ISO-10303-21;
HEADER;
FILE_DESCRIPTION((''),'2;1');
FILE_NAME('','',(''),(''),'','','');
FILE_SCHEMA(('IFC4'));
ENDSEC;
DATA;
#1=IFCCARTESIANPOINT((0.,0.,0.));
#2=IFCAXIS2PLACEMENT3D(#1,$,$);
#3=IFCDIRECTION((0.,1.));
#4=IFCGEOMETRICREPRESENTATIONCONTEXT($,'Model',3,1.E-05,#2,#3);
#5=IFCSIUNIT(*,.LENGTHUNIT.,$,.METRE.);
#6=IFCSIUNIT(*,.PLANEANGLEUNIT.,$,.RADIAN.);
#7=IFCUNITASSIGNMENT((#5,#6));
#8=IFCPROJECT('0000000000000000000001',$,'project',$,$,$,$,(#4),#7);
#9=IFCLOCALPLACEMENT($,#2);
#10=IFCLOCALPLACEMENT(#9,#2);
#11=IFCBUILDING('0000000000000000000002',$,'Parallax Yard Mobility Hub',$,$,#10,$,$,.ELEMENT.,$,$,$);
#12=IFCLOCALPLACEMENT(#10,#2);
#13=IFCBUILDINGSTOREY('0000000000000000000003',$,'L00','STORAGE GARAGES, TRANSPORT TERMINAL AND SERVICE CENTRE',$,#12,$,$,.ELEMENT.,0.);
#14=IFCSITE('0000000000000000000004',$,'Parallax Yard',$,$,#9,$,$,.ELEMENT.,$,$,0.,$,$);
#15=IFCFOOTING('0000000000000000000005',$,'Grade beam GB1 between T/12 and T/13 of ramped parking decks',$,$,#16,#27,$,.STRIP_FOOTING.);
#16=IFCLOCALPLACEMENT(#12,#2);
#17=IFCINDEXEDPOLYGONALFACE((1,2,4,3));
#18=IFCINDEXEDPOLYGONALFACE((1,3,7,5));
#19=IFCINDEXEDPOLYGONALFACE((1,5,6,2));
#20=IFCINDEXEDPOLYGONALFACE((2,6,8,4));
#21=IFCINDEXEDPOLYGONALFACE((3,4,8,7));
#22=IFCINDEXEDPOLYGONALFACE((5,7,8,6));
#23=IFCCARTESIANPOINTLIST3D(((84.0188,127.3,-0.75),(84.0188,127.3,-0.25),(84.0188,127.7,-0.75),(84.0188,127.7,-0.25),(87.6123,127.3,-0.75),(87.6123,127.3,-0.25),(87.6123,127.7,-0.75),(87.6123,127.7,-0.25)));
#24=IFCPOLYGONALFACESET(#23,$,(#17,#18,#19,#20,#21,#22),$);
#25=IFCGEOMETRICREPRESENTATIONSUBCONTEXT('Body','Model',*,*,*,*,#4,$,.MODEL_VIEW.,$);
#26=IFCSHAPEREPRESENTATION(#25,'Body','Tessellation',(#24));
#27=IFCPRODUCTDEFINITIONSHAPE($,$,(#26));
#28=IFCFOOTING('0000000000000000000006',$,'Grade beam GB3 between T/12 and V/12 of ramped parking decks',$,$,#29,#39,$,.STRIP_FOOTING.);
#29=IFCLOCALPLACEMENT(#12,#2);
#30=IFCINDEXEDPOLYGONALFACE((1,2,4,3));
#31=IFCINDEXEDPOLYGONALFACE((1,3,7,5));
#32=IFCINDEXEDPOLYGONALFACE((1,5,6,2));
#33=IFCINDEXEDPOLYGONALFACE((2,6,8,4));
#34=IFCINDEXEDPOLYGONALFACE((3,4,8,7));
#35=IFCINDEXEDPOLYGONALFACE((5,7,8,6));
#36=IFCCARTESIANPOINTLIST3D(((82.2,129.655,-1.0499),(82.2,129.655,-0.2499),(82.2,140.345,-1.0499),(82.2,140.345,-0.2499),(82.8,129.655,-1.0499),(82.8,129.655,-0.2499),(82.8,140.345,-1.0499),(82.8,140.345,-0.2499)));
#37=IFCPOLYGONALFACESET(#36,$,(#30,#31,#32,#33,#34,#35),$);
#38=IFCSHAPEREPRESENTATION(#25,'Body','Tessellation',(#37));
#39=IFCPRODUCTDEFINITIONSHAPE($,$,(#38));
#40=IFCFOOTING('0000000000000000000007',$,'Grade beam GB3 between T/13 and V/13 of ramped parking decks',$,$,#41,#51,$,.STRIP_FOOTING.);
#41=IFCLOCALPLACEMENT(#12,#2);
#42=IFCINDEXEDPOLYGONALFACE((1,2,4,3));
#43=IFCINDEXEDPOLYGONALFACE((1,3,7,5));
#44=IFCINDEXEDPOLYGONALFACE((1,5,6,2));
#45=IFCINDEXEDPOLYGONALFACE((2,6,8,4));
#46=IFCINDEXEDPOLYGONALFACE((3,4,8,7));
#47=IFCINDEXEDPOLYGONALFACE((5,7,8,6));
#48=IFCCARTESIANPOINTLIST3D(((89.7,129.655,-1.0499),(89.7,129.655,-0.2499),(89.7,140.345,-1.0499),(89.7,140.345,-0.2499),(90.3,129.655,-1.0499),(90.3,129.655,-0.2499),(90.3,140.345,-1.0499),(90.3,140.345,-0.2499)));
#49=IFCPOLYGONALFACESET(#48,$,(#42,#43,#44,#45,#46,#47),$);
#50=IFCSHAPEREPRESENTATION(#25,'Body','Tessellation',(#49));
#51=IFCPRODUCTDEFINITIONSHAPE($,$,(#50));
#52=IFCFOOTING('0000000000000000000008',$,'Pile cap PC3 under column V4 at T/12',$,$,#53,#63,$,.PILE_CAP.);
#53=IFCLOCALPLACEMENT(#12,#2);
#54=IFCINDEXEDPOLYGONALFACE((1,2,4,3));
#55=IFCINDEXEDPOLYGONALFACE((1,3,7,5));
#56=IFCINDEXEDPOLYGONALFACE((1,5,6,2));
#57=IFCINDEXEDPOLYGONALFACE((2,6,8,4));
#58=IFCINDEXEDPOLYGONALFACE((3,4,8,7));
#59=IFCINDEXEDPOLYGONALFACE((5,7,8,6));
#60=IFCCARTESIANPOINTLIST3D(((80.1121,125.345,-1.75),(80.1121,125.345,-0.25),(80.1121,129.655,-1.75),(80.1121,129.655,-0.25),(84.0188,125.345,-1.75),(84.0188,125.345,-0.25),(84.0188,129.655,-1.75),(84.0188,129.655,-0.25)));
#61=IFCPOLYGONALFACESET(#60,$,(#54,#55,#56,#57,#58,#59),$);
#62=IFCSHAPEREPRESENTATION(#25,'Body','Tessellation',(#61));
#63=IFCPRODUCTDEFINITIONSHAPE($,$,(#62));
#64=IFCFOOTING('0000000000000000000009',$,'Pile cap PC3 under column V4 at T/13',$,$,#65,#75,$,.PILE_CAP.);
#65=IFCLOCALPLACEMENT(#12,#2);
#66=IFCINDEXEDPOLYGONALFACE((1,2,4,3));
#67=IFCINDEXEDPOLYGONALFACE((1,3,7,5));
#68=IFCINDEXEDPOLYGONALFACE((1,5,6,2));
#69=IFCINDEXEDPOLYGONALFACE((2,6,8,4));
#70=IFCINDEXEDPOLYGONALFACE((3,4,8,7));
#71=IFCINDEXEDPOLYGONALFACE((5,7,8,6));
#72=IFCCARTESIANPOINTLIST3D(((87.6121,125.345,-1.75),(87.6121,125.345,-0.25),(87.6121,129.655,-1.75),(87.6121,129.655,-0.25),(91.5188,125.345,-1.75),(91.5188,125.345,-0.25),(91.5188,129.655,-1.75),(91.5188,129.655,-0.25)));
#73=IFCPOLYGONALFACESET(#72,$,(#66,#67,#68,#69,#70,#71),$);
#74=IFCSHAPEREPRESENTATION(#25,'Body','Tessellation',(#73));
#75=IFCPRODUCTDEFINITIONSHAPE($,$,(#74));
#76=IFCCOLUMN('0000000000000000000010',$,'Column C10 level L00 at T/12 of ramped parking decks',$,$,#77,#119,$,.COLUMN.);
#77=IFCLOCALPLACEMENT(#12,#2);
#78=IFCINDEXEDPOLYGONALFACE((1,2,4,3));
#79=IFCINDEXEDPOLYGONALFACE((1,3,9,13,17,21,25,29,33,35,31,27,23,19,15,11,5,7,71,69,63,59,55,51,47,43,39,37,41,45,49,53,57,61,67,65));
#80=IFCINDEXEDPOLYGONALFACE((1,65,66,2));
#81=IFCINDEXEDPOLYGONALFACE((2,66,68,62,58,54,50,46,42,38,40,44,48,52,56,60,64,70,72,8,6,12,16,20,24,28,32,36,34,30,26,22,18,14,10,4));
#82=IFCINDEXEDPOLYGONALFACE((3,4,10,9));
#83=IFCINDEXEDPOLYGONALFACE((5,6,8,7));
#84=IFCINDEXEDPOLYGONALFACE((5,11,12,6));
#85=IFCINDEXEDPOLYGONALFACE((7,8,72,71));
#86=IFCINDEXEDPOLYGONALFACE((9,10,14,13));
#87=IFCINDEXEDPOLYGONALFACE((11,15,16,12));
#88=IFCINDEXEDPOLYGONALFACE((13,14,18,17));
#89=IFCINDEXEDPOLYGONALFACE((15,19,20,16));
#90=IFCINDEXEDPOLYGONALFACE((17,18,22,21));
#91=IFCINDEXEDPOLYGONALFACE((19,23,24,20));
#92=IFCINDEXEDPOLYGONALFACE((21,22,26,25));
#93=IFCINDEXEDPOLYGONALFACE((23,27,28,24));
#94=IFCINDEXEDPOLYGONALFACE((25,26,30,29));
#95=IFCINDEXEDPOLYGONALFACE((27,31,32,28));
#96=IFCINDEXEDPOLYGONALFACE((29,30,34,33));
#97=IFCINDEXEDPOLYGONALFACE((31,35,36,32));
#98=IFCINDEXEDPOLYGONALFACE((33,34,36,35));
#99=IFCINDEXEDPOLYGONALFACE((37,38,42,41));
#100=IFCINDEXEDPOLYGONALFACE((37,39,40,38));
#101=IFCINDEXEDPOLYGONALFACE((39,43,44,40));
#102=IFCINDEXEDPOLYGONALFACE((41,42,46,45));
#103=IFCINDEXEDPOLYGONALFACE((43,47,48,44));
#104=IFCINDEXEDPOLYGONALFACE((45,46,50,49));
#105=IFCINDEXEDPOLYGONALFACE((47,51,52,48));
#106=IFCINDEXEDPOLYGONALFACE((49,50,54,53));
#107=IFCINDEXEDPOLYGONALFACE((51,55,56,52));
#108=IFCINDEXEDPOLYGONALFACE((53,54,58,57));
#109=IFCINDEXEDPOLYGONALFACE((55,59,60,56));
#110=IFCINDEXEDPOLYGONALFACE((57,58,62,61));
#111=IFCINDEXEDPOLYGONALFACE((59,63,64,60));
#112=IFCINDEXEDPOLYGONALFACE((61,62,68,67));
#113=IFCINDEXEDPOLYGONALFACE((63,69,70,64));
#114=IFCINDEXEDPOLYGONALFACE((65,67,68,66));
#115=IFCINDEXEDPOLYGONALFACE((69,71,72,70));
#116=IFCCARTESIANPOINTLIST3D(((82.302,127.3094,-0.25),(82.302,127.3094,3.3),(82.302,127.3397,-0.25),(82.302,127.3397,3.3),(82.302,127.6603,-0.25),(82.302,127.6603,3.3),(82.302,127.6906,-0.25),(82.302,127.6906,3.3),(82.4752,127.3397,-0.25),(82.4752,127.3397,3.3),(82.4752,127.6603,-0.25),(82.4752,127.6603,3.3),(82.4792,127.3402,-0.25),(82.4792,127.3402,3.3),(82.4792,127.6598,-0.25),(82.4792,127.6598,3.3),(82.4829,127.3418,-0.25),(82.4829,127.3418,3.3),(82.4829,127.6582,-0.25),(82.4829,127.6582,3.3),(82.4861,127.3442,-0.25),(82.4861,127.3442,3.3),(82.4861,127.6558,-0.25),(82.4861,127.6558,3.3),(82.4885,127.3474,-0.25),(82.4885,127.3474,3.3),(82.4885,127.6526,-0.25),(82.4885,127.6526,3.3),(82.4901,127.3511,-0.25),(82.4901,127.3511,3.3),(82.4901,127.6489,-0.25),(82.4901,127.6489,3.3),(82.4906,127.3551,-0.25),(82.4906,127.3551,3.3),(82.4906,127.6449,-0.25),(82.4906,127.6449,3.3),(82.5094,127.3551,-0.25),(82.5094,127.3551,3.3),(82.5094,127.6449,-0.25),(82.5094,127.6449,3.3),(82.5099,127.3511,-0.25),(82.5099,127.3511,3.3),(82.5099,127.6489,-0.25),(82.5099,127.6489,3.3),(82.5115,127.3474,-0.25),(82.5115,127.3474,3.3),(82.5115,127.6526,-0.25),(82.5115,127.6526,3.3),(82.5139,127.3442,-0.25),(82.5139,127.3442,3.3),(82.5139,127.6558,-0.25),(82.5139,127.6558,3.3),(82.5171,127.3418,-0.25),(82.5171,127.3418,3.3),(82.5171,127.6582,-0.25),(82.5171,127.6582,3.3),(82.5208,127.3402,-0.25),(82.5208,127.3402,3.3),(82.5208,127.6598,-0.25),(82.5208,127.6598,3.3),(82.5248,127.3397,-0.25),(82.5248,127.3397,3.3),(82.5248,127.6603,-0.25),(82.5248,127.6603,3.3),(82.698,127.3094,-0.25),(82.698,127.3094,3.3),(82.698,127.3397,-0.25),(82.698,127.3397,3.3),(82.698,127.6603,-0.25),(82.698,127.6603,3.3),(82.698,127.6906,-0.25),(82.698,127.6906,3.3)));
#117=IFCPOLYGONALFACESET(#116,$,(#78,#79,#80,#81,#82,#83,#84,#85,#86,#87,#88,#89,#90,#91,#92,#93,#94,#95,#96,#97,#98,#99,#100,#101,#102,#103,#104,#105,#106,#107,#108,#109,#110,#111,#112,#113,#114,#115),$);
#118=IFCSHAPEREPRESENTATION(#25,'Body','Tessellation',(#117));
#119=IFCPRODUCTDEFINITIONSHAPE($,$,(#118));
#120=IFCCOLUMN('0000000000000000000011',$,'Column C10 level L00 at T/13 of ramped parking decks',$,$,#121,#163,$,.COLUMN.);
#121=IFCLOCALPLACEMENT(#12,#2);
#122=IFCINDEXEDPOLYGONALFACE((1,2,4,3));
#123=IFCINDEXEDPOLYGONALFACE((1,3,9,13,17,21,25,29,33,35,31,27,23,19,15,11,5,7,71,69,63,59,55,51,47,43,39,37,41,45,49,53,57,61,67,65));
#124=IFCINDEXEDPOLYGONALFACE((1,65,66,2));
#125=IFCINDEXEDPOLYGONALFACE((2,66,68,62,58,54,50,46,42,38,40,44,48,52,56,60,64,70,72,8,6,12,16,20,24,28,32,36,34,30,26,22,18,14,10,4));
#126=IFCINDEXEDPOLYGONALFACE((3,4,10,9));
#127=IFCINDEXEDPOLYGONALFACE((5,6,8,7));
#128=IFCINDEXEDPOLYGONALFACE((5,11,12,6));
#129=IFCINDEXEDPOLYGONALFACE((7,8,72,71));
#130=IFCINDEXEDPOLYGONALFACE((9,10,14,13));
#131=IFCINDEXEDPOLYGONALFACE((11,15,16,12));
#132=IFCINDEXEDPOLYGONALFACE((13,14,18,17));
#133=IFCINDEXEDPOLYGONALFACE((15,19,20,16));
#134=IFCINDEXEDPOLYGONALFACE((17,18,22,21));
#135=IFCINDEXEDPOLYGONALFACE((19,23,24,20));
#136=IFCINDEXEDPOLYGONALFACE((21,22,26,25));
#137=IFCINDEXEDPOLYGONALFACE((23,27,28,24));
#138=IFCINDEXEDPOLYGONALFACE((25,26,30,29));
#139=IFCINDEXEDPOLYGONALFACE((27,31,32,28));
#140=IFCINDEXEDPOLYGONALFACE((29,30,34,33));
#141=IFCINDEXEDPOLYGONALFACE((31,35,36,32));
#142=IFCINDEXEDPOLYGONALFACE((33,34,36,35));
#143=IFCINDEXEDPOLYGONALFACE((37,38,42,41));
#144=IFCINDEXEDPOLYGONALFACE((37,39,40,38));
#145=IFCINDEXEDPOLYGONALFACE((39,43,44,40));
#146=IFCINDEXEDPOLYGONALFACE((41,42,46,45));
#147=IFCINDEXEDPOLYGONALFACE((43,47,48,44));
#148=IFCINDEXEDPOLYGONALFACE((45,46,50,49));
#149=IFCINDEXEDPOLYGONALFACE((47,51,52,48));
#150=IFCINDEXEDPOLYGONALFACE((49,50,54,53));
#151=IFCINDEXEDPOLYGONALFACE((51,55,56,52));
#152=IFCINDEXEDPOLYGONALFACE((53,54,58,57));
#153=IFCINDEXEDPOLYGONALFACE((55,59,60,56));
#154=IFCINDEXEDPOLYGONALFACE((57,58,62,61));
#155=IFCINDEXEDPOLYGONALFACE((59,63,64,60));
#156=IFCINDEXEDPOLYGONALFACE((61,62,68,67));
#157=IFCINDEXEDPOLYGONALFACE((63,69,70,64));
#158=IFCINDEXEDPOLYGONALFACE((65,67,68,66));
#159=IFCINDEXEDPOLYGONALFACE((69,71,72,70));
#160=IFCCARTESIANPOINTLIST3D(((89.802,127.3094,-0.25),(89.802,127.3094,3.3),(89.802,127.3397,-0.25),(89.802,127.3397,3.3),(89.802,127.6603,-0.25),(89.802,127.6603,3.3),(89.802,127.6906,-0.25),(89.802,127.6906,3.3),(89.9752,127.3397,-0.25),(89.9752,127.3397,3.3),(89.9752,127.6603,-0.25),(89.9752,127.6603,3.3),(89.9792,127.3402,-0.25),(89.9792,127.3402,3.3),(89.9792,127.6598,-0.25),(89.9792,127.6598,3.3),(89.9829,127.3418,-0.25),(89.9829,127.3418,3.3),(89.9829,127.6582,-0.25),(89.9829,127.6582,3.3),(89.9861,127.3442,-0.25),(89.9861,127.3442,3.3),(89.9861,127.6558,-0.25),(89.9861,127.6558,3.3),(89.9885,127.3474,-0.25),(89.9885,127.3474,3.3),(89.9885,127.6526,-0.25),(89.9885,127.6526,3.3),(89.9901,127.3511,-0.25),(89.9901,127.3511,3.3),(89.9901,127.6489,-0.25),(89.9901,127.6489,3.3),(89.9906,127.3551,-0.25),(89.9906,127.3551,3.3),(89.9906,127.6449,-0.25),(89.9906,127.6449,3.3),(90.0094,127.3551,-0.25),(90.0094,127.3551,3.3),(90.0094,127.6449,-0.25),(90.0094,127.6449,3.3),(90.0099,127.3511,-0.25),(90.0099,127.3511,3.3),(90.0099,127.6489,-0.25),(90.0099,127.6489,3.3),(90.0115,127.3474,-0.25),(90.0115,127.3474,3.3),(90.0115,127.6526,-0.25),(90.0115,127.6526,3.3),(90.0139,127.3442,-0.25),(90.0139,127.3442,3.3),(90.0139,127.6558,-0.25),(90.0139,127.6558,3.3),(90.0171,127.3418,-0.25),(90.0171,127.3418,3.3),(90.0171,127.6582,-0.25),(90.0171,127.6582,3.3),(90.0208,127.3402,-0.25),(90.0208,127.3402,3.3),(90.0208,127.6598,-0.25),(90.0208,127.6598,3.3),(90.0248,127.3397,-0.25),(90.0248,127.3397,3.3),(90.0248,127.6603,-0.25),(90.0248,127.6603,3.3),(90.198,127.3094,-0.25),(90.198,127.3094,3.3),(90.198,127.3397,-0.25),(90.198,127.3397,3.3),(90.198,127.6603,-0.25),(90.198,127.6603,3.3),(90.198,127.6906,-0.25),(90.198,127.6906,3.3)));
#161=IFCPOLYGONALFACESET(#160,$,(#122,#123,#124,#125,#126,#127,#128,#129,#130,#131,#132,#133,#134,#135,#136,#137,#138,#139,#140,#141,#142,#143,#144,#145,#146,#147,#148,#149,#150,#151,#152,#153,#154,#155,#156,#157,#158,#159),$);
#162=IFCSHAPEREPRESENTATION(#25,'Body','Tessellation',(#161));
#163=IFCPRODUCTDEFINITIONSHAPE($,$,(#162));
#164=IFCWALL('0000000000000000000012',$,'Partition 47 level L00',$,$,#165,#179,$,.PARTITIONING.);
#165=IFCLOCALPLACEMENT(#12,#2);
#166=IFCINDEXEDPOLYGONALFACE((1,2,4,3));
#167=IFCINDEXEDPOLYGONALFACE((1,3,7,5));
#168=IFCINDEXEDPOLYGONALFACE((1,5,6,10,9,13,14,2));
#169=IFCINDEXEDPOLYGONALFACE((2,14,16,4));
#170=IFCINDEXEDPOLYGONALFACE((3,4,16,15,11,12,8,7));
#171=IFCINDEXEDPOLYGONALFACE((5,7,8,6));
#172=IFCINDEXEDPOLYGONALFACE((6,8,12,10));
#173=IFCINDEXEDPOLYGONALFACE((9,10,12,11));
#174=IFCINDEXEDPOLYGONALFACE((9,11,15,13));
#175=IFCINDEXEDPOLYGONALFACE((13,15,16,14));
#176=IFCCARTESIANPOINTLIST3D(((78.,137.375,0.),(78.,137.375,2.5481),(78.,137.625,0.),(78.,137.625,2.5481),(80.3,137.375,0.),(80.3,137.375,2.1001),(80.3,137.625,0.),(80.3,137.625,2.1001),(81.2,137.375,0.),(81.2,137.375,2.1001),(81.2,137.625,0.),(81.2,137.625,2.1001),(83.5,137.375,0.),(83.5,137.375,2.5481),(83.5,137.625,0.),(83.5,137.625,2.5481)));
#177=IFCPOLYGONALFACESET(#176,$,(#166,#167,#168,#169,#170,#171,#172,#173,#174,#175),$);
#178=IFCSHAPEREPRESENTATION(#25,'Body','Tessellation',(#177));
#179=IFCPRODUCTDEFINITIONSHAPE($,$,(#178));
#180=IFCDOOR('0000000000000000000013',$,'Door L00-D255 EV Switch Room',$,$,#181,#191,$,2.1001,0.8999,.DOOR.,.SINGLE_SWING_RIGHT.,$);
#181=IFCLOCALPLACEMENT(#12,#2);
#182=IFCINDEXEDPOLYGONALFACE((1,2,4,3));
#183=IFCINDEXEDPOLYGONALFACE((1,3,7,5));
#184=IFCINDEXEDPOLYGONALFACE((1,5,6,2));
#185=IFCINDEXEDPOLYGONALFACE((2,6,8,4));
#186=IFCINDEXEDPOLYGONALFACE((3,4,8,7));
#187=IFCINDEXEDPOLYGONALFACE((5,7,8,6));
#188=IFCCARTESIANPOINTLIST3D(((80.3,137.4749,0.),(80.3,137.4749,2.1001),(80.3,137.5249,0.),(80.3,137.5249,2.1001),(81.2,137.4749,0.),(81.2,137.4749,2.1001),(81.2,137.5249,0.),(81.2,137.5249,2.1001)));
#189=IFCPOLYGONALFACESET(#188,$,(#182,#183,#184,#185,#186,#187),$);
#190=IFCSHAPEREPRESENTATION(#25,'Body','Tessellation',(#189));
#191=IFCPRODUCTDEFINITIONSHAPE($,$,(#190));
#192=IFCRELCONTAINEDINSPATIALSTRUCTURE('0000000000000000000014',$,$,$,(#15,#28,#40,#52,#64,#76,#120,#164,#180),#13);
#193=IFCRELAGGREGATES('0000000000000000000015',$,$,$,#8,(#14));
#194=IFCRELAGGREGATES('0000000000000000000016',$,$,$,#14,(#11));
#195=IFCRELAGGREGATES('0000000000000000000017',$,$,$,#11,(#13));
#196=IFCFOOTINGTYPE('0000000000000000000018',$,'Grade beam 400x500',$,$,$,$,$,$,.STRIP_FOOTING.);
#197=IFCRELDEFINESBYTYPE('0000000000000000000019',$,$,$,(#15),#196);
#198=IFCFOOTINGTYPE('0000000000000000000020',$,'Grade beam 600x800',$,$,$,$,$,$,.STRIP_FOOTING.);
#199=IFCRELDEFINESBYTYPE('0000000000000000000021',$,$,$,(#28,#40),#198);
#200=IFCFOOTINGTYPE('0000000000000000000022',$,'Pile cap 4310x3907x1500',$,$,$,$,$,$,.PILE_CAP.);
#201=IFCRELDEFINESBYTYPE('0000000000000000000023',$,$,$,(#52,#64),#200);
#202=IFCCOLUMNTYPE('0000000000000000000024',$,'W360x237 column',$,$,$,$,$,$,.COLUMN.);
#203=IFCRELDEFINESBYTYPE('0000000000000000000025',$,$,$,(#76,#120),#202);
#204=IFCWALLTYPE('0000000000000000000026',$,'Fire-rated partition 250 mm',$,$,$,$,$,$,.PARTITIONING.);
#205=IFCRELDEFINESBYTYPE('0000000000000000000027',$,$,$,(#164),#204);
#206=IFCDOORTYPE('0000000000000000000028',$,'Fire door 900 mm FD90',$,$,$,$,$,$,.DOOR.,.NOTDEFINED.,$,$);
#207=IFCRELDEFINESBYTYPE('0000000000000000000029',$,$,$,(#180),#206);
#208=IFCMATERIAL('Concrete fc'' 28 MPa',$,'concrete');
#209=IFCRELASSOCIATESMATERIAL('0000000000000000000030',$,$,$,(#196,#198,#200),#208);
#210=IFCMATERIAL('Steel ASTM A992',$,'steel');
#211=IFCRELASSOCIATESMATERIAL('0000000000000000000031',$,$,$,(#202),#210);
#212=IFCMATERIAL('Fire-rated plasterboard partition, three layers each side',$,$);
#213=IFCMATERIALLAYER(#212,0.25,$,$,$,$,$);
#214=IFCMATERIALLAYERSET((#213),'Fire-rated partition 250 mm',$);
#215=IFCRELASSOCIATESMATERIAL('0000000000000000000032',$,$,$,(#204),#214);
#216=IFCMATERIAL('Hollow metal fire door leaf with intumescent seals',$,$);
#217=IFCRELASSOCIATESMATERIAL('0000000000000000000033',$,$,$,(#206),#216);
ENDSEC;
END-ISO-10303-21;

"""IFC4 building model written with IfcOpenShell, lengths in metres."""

from ifc_helpers import new_model, si_unit, direction, frame, frame_2d, origin, origin_2d, place, context, subcontext, project, spatial, rectangle, i_section, extrude, material, layer, layer_set, material_profile, profile_set, type_object, element, fill, save


model = new_model("IFC4")

# Units and contexts
model_context = context("Model", 3, precision=1e-05, world=origin(), true_north=direction((0.0, 1.0)))
body_context = subcontext(model_context, "Body", "Model", "MODEL_VIEW")
ifc_project = project(units=[si_unit("LENGTHUNIT", "METRE"), si_unit("PLANEANGLEUNIT", "RADIAN")], contexts=[model_context])

# Site, building, storey
site_placement = place(None, origin())
site = spatial("IfcSite", under=ifc_project, at=site_placement, Name="Parallax Yard", CompositionType="ELEMENT", RefElevation=0.0)
building_placement = place(site_placement, origin())
building = spatial("IfcBuilding", under=site, at=building_placement, Name="Parallax Yard Mobility Hub", CompositionType="ELEMENT")
storey_placement = place(building_placement, origin())
storey = spatial("IfcBuildingStorey", under=building, at=storey_placement, Name="L00", Description="STORAGE GARAGES, TRANSPORT TERMINAL AND SERVICE CENTRE", CompositionType="ELEMENT", Elevation=0.0)

# Shared definitions
ifc_material_1 = material(Name="Concrete fc' 28 MPa", Category="concrete")

# Footings
ifc_material_profile_1 = material_profile(ifc_material_1, rectangle(XDim=0.3999, YDim=0.5, at=origin_2d()), Name="Grade beam 400x500")
ifc_profile_set_1 = profile_set([ifc_material_profile_1], Name="Concrete fc' 28 MPa")
footing_type_1 = type_object("IfcFootingType", Name="Grade beam 400x500", PredefinedType="STRIP_FOOTING", material=ifc_profile_set_1)
for number, where, z_axis, x_axis, name in (
    (1, (84.0188, 127.5, -0.5), (1.0, 0.0, 0.0), (0.0, 1.0, 0.0), "Grade beam GB1 between T/12 and T/13 of ramped parking decks"),
):
    element("IfcFooting", number, at=place(storey_placement, frame(where, z_axis=z_axis, x_axis=x_axis)), inside=storey, type_object=footing_type_1, Name=name, PredefinedType="STRIP_FOOTING", context=body_context, shape_type="SweptSolid", body=[
        extrude(rectangle(XDim=0.3999, YDim=0.5, at=origin_2d()), origin(), (0.0, 0.0, 1.0), 3.5935),
    ])
ifc_material_profile_2 = material_profile(ifc_material_1, rectangle(XDim=0.6001, YDim=0.8, at=origin_2d()), Name="Grade beam 600x800")
ifc_profile_set_2 = profile_set([ifc_material_profile_2], Name="Concrete fc' 28 MPa")
footing_type_2 = type_object("IfcFootingType", Name="Grade beam 600x800", PredefinedType="STRIP_FOOTING", material=ifc_profile_set_2)
for number, where, z_axis, x_axis, name in (
    (2, (82.5, 129.655, -0.6499), (0.0, 1.0, 0.0), (-1.0, 0.0, 0.0), "Grade beam GB3 between T/12 and V/12 of ramped parking decks"),
    (3, (90.0, 129.655, -0.6499), (0.0, 1.0, 0.0), (-1.0, 0.0, 0.0), "Grade beam GB3 between T/13 and V/13 of ramped parking decks"),
):
    element("IfcFooting", number, at=place(storey_placement, frame(where, z_axis=z_axis, x_axis=x_axis)), inside=storey, type_object=footing_type_2, Name=name, PredefinedType="STRIP_FOOTING", context=body_context, shape_type="SweptSolid", body=[
        extrude(rectangle(XDim=0.6001, YDim=0.8, at=origin_2d()), origin(), (0.0, 0.0, 1.0), 10.6899),
    ])
footing_type_3 = type_object("IfcFootingType", Name="Pile cap 4310x3907x1500", PredefinedType="PILE_CAP", material=ifc_material_1)
for number, where, z_axis, x_axis, name in (
    (4, (82.0654, 127.5, -1.75), (0.0, 0.0, 1.0), (0.0, 1.0, 0.0), "Pile cap PC3 under column V4 at T/12"),
    (5, (89.5654, 127.5, -1.75), (0.0, 0.0, 1.0), (0.0, 1.0, 0.0), "Pile cap PC3 under column V4 at T/13"),
):
    element("IfcFooting", number, at=place(storey_placement, frame(where, z_axis=z_axis, x_axis=x_axis)), inside=storey, type_object=footing_type_3, Name=name, PredefinedType="PILE_CAP", context=body_context, shape_type="SweptSolid", body=[
        extrude(rectangle(XDim=4.3101, YDim=3.9067, at=origin_2d()), origin(), (0.0, 0.0, 1.0), 1.5),
    ])

# Columns
ifc_material_2 = material(Name="Steel ASTM A992", Category="steel")
ifc_material_profile_3 = material_profile(ifc_material_2, i_section(OverallWidth=0.396, OverallDepth=0.3811, WebThickness=0.0188, FlangeThickness=0.0303, FilletRadius=0.0154, at=origin_2d()), Name="W360x237")
ifc_profile_set_3 = profile_set([ifc_material_profile_3], Name="Steel ASTM A992")
column_type = type_object("IfcColumnType", Name="W360x237 column", PredefinedType="COLUMN", material=ifc_profile_set_3)
for number, where, z_axis, x_axis, name in (
    (6, (82.5, 127.5, -0.25), (0.0, 0.0, 1.0), (1.0, 0.0, 0.0), "Column C10 level L00 at T/12 of ramped parking decks"),
    (7, (90.0, 127.5, -0.25), (0.0, 0.0, 1.0), (1.0, 0.0, 0.0), "Column C10 level L00 at T/13 of ramped parking decks"),
):
    element("IfcColumn", number, at=place(storey_placement, frame(where, z_axis=z_axis, x_axis=x_axis)), inside=storey, type_object=column_type, Name=name, PredefinedType="COLUMN", context=body_context, shape_type="SweptSolid", body=[
        extrude(i_section(OverallWidth=0.396, OverallDepth=0.3811, WebThickness=0.0188, FlangeThickness=0.0303, FilletRadius=0.0154, at=origin_2d()), origin(), (0.0, 0.0, 1.0), 3.55),
    ])

# Wall, opening, door
ifc_material_3 = material(Name="Fire-rated plasterboard partition, three layers each side")
ifc_layer = layer(ifc_material_3, 0.25)
ifc_layer_set = layer_set([ifc_layer], Name="Fire-rated partition 250 mm")
wall_type = type_object("IfcWallType", Name="Fire-rated partition 250 mm", PredefinedType="PARTITIONING", material=ifc_layer_set)
wall_placement = place(storey_placement, frame((78.0, 137.5, 0.0), z_axis=(0.0, 0.0, 1.0), x_axis=(1.0, 0.0, 0.0)))
wall = element("IfcWall", 8, at=wall_placement, inside=storey, type_object=wall_type, Name="Partition 47 level L00", PredefinedType="PARTITIONING", context=body_context, shape_type="SweptSolid", body=[
    extrude(rectangle(XDim=5.5, YDim=0.25, at=frame_2d((2.75, 0.0))), origin(), (0.0, 0.0, 1.0), 2.5481),
])
opening_placement = place(wall_placement, frame((2.3, 0.0, 0.0)))
opening = element("IfcOpeningElement", 9, at=opening_placement, cuts=wall, PredefinedType="OPENING", context=body_context, shape_type="SweptSolid", body=[
    extrude(rectangle(XDim=0.8999, YDim=2.1001, at=frame_2d((0.45, 1.05))), frame((0.0, 0.135, 0.0), z_axis=(0.0, -1.0, 0.0), x_axis=(1.0, 0.0, 0.0)), (0.0, 0.0, 1.0), 0.27),
])
ifc_material_4 = material(Name="Hollow metal fire door leaf with intumescent seals")
door_type = type_object("IfcDoorType", Name="Fire door 900 mm FD90", OperationType="NOTDEFINED", PredefinedType="DOOR", material=ifc_material_4)
door_placement = place(opening_placement, origin())
door = element("IfcDoor", 10, at=door_placement, inside=storey, type_object=door_type, Name="Door L00-D255 EV Switch Room", OperationType="SINGLE_SWING_RIGHT", OverallHeight=2.1001, OverallWidth=0.8999, PredefinedType="DOOR", context=body_context, shape_type="SweptSolid", body=[
    extrude(rectangle(XDim=0.8999, YDim=2.1001, at=frame_2d((0.45, 1.05))), frame((0.0, 0.0249, 0.0), z_axis=(0.0, -1.0, 0.0), x_axis=(1.0, 0.0, 0.0)), (0.0, 0.0, 1.0), 0.05),
])
fill(opening, door)

save(model, "model.ifc")
